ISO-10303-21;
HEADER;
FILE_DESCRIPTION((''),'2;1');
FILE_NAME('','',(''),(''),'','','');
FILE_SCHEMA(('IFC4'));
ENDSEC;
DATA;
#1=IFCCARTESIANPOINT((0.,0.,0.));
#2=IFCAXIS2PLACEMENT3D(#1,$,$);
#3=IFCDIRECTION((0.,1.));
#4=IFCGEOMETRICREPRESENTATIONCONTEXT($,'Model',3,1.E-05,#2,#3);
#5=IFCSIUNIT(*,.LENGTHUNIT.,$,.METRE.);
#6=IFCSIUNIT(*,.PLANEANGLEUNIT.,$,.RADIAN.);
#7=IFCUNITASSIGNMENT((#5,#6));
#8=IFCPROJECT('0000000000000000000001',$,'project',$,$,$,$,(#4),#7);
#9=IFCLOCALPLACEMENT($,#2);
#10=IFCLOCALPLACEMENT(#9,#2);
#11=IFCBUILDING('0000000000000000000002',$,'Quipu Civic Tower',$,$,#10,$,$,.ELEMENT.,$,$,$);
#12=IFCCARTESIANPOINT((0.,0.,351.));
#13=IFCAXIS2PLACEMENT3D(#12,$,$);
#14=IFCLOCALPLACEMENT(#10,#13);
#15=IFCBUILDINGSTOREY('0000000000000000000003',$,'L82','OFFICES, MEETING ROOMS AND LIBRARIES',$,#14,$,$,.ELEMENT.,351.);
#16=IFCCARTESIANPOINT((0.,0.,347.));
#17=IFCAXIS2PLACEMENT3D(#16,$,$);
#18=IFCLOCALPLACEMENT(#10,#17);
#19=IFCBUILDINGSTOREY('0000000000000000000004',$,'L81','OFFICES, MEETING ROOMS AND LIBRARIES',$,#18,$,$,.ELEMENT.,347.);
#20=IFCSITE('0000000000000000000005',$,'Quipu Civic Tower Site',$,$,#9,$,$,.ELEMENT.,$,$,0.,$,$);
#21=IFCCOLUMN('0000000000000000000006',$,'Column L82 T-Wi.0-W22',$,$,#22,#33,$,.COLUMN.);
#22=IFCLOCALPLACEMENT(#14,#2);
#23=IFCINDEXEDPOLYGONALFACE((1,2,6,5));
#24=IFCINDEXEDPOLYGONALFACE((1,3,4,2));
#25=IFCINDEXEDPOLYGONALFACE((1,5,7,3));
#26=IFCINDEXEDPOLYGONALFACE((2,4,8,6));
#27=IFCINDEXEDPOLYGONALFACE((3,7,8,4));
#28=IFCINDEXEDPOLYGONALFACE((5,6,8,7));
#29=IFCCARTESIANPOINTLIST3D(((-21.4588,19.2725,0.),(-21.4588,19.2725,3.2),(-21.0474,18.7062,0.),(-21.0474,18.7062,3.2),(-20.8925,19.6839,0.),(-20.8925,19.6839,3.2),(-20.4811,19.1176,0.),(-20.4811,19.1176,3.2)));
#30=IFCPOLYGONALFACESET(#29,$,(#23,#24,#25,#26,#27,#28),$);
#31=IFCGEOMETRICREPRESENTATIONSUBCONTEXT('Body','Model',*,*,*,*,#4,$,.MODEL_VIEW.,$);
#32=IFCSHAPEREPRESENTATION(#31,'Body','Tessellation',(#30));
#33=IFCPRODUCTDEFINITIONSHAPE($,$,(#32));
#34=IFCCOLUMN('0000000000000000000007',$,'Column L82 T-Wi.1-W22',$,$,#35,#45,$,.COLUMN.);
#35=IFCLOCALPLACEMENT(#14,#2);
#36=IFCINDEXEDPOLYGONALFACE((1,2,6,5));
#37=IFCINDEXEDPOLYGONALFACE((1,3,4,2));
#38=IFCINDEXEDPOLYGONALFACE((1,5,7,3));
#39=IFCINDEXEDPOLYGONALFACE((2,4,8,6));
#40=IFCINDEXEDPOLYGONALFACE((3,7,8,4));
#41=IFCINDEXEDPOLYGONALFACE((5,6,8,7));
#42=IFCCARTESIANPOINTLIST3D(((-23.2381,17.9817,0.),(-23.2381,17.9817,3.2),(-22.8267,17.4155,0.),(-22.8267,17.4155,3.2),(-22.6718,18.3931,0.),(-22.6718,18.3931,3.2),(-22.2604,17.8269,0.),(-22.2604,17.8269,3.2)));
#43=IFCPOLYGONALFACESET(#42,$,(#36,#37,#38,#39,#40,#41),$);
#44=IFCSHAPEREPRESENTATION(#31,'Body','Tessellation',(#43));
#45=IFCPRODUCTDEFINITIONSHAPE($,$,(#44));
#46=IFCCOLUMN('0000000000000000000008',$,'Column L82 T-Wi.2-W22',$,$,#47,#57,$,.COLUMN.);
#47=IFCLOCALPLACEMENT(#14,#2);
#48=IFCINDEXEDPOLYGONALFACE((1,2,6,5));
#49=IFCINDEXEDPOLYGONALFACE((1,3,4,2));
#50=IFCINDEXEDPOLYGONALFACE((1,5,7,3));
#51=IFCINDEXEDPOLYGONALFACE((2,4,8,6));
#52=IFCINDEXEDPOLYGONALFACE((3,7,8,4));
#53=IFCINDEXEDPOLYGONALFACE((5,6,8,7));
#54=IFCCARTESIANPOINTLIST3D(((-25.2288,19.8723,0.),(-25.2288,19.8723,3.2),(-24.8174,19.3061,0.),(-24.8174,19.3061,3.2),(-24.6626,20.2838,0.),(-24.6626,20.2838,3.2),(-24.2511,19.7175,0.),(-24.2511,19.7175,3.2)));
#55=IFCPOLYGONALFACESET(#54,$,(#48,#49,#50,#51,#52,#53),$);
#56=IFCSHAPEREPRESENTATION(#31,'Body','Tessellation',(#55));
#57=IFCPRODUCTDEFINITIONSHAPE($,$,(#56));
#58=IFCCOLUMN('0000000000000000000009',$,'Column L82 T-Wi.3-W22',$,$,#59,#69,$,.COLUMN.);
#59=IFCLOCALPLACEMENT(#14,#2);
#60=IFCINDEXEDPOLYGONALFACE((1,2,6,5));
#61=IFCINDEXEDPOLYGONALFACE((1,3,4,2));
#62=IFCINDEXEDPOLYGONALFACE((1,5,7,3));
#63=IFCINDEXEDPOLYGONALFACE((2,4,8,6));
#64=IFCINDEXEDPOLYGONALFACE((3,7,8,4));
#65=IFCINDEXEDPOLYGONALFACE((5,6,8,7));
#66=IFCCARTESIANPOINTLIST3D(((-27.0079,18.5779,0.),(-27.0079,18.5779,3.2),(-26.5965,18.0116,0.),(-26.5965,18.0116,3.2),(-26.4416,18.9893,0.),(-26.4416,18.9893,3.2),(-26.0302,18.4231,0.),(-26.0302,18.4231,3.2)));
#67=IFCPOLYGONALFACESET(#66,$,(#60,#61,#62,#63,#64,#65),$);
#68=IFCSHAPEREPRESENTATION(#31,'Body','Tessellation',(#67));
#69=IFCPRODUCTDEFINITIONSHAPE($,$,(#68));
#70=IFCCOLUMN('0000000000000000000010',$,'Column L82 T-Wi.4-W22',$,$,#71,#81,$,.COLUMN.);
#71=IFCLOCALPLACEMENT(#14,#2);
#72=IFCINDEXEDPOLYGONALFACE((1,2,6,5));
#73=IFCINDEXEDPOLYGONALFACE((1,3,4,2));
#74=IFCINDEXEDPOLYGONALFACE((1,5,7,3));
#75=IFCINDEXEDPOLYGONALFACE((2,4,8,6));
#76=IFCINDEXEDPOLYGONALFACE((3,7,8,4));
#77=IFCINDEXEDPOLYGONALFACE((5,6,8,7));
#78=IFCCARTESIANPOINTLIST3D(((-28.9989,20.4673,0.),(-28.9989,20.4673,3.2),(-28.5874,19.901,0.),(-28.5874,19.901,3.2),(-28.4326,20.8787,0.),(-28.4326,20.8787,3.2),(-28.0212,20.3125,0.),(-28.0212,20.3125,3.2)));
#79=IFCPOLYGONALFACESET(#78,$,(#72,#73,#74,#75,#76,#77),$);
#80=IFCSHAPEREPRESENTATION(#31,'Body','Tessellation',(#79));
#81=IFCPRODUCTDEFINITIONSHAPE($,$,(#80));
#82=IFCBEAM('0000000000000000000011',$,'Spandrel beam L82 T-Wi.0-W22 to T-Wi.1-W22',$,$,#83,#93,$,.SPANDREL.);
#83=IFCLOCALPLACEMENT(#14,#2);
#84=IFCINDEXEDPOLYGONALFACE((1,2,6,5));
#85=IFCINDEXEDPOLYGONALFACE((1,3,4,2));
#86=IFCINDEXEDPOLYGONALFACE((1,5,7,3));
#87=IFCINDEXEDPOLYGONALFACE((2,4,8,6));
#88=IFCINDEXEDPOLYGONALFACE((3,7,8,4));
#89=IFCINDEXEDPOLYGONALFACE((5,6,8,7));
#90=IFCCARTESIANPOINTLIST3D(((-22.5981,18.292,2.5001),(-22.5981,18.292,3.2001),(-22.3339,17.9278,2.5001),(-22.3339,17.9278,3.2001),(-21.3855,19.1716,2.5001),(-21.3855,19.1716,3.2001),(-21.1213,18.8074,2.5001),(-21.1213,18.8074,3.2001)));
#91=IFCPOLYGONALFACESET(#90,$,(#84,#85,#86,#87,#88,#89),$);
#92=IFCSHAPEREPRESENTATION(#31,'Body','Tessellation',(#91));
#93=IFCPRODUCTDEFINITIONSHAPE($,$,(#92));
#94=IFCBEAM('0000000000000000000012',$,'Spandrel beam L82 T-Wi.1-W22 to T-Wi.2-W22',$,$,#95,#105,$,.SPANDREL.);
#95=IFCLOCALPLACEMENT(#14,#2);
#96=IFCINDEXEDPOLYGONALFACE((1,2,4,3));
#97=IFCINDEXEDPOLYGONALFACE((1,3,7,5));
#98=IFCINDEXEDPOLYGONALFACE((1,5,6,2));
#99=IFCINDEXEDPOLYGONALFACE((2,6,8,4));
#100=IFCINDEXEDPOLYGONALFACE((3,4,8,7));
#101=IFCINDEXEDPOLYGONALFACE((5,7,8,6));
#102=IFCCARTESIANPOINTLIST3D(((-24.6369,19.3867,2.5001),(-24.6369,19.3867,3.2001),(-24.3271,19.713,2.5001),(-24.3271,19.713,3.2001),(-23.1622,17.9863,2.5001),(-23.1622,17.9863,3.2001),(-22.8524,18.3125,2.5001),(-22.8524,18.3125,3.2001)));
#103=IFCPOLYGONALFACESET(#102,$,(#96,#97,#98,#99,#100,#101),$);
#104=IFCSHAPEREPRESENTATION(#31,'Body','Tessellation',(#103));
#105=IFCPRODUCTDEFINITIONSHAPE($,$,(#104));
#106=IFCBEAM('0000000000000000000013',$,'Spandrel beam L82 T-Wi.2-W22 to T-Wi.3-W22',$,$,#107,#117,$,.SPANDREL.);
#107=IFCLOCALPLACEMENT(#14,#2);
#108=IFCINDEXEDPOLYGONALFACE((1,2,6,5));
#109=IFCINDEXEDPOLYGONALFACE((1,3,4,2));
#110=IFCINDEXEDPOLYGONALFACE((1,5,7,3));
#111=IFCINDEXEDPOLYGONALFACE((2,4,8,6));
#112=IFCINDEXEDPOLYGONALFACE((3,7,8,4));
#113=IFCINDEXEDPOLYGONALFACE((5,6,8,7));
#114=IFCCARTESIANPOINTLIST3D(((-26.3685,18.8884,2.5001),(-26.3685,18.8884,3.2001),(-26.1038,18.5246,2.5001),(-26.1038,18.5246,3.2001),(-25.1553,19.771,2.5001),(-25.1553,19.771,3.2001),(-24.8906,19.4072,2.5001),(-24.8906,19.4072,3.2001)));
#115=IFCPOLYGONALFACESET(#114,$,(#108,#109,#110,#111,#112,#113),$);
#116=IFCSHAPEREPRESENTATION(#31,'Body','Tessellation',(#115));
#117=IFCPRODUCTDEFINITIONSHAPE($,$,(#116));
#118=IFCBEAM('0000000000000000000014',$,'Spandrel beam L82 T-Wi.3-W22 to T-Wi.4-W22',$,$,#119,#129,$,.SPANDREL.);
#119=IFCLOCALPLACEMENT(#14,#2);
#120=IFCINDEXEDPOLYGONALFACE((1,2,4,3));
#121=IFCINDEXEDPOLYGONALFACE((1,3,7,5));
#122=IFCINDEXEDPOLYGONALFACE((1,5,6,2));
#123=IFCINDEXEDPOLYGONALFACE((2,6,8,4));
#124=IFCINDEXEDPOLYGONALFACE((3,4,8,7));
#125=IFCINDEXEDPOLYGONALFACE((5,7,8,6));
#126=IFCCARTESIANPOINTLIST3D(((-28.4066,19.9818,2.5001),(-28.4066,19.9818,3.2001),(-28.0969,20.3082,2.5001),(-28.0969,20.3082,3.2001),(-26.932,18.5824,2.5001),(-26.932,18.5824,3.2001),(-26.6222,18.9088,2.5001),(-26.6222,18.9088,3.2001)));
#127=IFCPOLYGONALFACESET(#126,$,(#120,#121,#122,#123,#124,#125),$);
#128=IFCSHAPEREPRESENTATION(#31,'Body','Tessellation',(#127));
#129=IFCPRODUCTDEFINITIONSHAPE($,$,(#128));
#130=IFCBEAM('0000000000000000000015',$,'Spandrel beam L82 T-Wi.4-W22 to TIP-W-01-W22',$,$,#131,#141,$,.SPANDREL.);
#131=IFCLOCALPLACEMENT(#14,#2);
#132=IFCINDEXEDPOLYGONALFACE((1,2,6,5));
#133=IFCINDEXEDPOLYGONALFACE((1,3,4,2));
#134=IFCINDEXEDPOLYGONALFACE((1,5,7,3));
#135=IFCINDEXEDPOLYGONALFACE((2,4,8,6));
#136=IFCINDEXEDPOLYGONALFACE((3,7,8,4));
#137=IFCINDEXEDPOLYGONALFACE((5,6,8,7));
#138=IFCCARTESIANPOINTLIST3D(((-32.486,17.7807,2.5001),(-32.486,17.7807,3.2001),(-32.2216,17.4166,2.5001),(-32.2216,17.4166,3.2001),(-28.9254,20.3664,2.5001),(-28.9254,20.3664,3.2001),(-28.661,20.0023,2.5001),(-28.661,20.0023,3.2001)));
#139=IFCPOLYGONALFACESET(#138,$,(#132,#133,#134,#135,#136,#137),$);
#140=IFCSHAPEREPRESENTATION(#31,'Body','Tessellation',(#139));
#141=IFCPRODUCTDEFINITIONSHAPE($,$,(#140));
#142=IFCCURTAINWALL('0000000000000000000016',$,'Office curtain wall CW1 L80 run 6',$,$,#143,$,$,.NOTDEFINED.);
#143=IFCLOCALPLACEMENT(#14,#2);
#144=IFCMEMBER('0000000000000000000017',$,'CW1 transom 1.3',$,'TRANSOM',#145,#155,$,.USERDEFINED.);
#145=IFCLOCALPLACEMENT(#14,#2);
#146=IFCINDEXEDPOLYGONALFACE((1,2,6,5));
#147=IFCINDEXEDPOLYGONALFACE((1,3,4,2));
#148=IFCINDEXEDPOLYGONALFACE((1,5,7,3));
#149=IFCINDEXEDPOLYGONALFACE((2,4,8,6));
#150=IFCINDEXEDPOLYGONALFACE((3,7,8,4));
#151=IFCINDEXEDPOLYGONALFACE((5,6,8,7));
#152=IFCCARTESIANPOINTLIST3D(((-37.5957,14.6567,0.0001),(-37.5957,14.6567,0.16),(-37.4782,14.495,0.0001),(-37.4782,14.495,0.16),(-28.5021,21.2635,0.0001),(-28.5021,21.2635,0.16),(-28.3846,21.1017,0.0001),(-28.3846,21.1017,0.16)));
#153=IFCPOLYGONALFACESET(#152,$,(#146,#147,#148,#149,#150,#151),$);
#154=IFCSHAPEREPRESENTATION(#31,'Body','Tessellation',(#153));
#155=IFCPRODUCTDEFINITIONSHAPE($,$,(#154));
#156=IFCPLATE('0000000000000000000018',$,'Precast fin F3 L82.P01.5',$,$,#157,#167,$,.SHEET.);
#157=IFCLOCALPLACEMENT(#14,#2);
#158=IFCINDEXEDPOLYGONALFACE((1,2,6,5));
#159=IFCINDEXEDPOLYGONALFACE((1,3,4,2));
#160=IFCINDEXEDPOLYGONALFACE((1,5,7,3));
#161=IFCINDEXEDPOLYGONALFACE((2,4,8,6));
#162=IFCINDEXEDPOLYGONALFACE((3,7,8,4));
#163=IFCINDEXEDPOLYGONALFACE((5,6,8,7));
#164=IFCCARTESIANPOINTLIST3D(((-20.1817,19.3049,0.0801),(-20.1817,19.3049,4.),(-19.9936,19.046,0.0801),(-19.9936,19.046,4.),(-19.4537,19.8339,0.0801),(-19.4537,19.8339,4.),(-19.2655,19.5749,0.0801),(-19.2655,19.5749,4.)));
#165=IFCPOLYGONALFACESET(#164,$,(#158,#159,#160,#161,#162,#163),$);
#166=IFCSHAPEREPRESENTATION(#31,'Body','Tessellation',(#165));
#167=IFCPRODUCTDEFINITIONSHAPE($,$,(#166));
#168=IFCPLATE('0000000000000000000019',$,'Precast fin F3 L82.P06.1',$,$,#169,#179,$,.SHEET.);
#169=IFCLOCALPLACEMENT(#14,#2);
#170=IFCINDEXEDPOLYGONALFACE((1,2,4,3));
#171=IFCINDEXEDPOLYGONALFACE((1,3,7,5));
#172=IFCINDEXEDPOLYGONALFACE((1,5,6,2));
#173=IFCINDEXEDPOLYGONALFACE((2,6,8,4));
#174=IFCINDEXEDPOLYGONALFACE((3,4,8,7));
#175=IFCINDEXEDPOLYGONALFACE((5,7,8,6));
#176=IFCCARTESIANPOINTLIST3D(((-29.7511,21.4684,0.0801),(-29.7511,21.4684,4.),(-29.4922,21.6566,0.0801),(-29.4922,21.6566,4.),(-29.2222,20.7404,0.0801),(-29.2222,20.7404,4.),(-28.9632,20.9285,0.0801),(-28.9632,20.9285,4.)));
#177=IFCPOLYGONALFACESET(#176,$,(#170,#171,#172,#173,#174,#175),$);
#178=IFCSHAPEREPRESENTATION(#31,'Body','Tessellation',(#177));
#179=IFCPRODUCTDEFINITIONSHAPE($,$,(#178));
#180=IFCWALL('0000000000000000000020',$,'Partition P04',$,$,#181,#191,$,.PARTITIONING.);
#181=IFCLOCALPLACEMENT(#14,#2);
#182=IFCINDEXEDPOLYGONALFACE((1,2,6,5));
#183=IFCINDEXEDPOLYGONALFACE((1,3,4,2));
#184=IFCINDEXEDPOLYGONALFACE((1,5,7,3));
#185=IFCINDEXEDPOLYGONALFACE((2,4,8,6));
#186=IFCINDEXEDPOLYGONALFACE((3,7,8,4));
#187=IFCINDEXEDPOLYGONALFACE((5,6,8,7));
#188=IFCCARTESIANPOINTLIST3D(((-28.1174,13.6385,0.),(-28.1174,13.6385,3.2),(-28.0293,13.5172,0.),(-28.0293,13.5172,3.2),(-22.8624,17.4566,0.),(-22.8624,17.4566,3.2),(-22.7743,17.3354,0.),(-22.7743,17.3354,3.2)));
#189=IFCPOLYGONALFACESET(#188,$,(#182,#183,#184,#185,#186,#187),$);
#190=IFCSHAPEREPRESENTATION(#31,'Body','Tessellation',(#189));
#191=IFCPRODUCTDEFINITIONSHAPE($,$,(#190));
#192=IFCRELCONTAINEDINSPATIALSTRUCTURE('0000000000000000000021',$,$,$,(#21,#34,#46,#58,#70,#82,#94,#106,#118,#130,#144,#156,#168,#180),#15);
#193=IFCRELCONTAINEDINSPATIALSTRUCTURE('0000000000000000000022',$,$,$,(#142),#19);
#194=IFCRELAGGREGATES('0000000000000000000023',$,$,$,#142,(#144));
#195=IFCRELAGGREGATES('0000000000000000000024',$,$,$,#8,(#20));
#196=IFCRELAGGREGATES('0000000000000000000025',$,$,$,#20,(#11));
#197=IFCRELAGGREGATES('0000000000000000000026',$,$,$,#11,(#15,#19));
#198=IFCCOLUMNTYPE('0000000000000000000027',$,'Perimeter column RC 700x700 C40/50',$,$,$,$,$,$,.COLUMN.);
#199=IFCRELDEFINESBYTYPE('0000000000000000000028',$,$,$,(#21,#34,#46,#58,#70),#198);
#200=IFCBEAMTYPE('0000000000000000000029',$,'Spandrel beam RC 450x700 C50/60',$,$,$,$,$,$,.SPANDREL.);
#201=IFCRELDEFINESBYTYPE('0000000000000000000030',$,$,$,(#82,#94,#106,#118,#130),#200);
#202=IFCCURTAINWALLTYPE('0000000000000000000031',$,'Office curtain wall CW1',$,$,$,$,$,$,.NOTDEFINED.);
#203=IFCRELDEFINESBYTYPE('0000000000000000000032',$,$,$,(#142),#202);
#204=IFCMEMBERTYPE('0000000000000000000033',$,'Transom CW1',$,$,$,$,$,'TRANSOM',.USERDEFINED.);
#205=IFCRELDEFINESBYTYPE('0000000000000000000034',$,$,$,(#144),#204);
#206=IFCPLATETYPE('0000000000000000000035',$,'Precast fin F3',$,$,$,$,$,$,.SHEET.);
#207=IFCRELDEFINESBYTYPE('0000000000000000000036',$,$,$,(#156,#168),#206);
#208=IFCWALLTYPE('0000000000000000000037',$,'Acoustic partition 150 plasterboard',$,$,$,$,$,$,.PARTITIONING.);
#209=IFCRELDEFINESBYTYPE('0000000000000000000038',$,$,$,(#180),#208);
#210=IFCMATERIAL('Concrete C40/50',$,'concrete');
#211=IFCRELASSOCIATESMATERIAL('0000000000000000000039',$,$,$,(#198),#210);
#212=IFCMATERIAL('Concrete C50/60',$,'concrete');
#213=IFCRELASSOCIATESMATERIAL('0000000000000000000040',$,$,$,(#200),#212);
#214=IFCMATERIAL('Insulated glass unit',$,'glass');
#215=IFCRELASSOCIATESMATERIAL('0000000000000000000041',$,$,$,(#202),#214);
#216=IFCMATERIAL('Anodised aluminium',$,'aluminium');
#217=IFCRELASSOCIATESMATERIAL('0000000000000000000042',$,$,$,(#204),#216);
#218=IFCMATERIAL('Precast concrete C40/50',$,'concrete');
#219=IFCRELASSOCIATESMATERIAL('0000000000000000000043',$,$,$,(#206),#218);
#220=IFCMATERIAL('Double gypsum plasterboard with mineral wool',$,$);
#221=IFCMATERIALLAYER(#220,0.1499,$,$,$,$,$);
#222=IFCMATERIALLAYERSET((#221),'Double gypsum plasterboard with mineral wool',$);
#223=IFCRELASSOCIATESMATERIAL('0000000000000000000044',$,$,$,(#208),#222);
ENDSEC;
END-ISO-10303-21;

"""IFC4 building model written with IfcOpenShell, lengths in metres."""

from ifc_helpers import new_model, si_unit, direction, frame, frame_2d, origin, origin_2d, place, context, subcontext, project, spatial, rectangle, extrude, material, layer, layer_set, material_profile, profile_set, type_object, element, aggregate, save


model = new_model("IFC4")

# Units and contexts
model_context = context("Model", 3, precision=1e-05, world=origin(), true_north=direction((0.0, 1.0)))
body_context = subcontext(model_context, "Body", "Model", "MODEL_VIEW")
ifc_project = project(units=[si_unit("LENGTHUNIT", "METRE"), si_unit("PLANEANGLEUNIT", "RADIAN")], contexts=[model_context])

# Site, building, storey
site_placement = place(None, origin())
site = spatial("IfcSite", under=ifc_project, at=site_placement, Name="Quipu Civic Tower Site", CompositionType="ELEMENT", RefElevation=0.0)
building_placement = place(site_placement, origin())
building = spatial("IfcBuilding", under=site, at=building_placement, Name="Quipu Civic Tower", CompositionType="ELEMENT")
storey_1_placement = place(building_placement, frame((0.0, 0.0, 351.0)))
storey_1 = spatial("IfcBuildingStorey", under=building, at=storey_1_placement, Name="L82", Description="OFFICES, MEETING ROOMS AND LIBRARIES", CompositionType="ELEMENT", Elevation=351.0)

# Columns
ifc_material_1 = material(Name="Concrete C40/50", Category="concrete")
ifc_material_profile_1 = material_profile(ifc_material_1, rectangle(XDim=0.7, YDim=0.7, at=origin_2d()), Name="RC700x700")
ifc_profile_set_1 = profile_set([ifc_material_profile_1], Name="Concrete C40/50")
column_type = type_object("IfcColumnType", Name="Perimeter column RC 700x700 C40/50", PredefinedType="COLUMN", material=ifc_profile_set_1)
for number, where, z_axis, x_axis, name in (
    (1, (-20.97, 19.1951, 0.0), (0.0, 0.0, 1.0), (-0.587785, 0.809017, 0.0), "Column L82 T-Wi.0-W22"),
    (2, (-22.7493, 17.9043, 0.0), (0.0, 0.0, 1.0), (-0.587785, 0.809017, 0.0), "Column L82 T-Wi.1-W22"),
    (3, (-24.74, 19.7949, 0.0), (0.0, 0.0, 1.0), (-0.587785, 0.809017, 0.0), "Column L82 T-Wi.2-W22"),
    (4, (-26.519, 18.5005, 0.0), (0.0, 0.0, 1.0), (-0.587785, 0.809017, 0.0), "Column L82 T-Wi.3-W22"),
    (5, (-28.51, 20.3899, 0.0), (0.0, 0.0, 1.0), (-0.809017, -0.587785, 0.0), "Column L82 T-Wi.4-W22"),
):
    element("IfcColumn", number, at=place(storey_1_placement, frame(where, z_axis=z_axis, x_axis=x_axis)), inside=storey_1, type_object=column_type, Name=name, PredefinedType="COLUMN", context=body_context, shape_type="SweptSolid", body=[
        extrude(rectangle(XDim=0.7, YDim=0.7, at=origin_2d()), origin(), (0.0, 0.0, 1.0), 3.2),
    ])

# Beams
ifc_material_2 = material(Name="Concrete C50/60", Category="concrete")
ifc_material_profile_2 = material_profile(ifc_material_2, rectangle(XDim=0.45, YDim=0.7, at=origin_2d()), Name="RC450x700")
ifc_profile_set_2 = profile_set([ifc_material_profile_2], Name="Concrete C50/60")
beam_type = type_object("IfcBeamType", Name="Spandrel beam RC 450x700 C50/60", PredefinedType="SPANDREL", material=ifc_profile_set_2)
beam_1_placement = place(storey_1_placement, frame((-21.2534, 18.9895, 2.8501), z_axis=(-0.809461, -0.587173, 0.0), x_axis=(0.587173, -0.809461, 0.0)))
element("IfcBeam", 6, at=beam_1_placement, inside=storey_1, type_object=beam_type, Name="Spandrel beam L82 T-Wi.0-W22 to T-Wi.1-W22", PredefinedType="SPANDREL", context=body_context, shape_type="SweptSolid", body=[
    extrude(rectangle(XDim=0.45, YDim=0.7, at=origin_2d()), origin(), (0.0, 0.0, 1.0), 1.498),
])
beam_2_placement = place(storey_1_placement, frame((-23.0073, 18.1494, 2.8501), z_axis=(-0.725119, 0.688623, 0.0), x_axis=(-0.688623, -0.725119, 0.0)))
element("IfcBeam", 7, at=beam_2_placement, inside=storey_1, type_object=beam_type, Name="Spandrel beam L82 T-Wi.1-W22 to T-Wi.2-W22", PredefinedType="SPANDREL", context=body_context, shape_type="SweptSolid", body=[
    extrude(rectangle(XDim=0.45, YDim=0.7, at=origin_2d()), origin(), (0.0, 0.0, 1.0), 2.0337),
])
beam_3_placement = place(storey_1_placement, frame((-25.0229, 19.5891, 2.8501), z_axis=(-0.808645, -0.588297, 0.0), x_axis=(0.588297, -0.808645, 0.0)))
element("IfcBeam", 8, at=beam_3_placement, inside=storey_1, type_object=beam_type, Name="Spandrel beam L82 T-Wi.2-W22 to T-Wi.3-W22", PredefinedType="SPANDREL", context=body_context, shape_type="SweptSolid", body=[
    extrude(rectangle(XDim=0.45, YDim=0.7, at=origin_2d()), origin(), (0.0, 0.0, 1.0), 1.5002),
])
beam_4_placement = place(storey_1_placement, frame((-26.7771, 18.7456, 2.8501), z_axis=(-0.725359, 0.688371, 0.0), x_axis=(-0.688371, -0.725359, 0.0)))
element("IfcBeam", 9, at=beam_4_placement, inside=storey_1, type_object=beam_type, Name="Spandrel beam L82 T-Wi.3-W22 to T-Wi.4-W22", PredefinedType="SPANDREL", context=body_context, shape_type="SweptSolid", body=[
    extrude(rectangle(XDim=0.45, YDim=0.7, at=origin_2d()), origin(), (0.0, 0.0, 1.0), 2.033),
])
beam_5_placement = place(storey_1_placement, frame((-28.7932, 20.1843, 2.8501), z_axis=(-0.809146, -0.587607, 0.0), x_axis=(0.587607, -0.809146, 0.0)))
element("IfcBeam", 10, at=beam_5_placement, inside=storey_1, type_object=beam_type, Name="Spandrel beam L82 T-Wi.4-W22 to TIP-W-01-W22", PredefinedType="SPANDREL", context=body_context, shape_type="SweptSolid", body=[
    extrude(rectangle(XDim=0.45, YDim=0.7, at=origin_2d()), origin(), (0.0, 0.0, 1.0), 4.4004),
])

# Shared definitions
storey_2_placement = place(building_placement, frame((0.0, 0.0, 347.0)))
storey_2 = spatial("IfcBuildingStorey", under=building, at=storey_2_placement, Name="L81", Description="OFFICES, MEETING ROOMS AND LIBRARIES", CompositionType="ELEMENT", Elevation=347.0)

# Curtain wall, member
ifc_material_3 = material(Name="Insulated glass unit", Category="glass")
curtain_wall_type = type_object("IfcCurtainWallType", Name="Office curtain wall CW1", PredefinedType="NOTDEFINED", material=ifc_material_3)
curtain_wall_placement = place(storey_2_placement, origin())
curtain_wall = element("IfcCurtainWall", 11, at=curtain_wall_placement, inside=storey_2, type_object=curtain_wall_type, Name="Office curtain wall CW1 L80 run 6", PredefinedType="NOTDEFINED")
ifc_material_4 = material(Name="Anodised aluminium", Category="aluminium")
ifc_material_profile_3 = material_profile(ifc_material_4, rectangle(XDim=0.2, YDim=0.1599, at=origin_2d()), Name="RECT 200x160")
ifc_profile_set_3 = profile_set([ifc_material_profile_3], Name="Anodised aluminium")
member_type = type_object("IfcMemberType", Name="Transom CW1", ElementType="TRANSOM", PredefinedType="USERDEFINED", material=ifc_profile_set_3)
member_placement = place(storey_1_placement, frame((-28.4434, 21.1826, 0.0801), z_axis=(-0.809022, -0.587778, 0.0), x_axis=(0.587778, -0.809022, 0.0)))
member = element("IfcMember", 12, at=member_placement, inside=storey_1, type_object=member_type, Name="CW1 transom 1.3", ObjectType="TRANSOM", PredefinedType="USERDEFINED", context=body_context, shape_type="SweptSolid", body=[
    extrude(rectangle(XDim=0.2, YDim=0.1599, at=origin_2d()), origin(), (0.0, 0.0, 1.0), 11.2402),
])
aggregate(curtain_wall, [member])

# Plates
ifc_material_5 = material(Name="Precast concrete C40/50", Category="concrete")
plate_type = type_object("IfcPlateType", Name="Precast fin F3", PredefinedType="SHEET", material=ifc_material_5)
for number, where, z_axis, x_axis, name in (
    (13, (-19.7236, 19.4399, 0.0801), (0.0, 0.0, 1.0), (-0.587784, 0.809018, 0.0), "Precast fin F3 L82.P01.5"),
    (14, (-29.3572, 21.1985, 0.0801), (0.0, 0.0, 1.0), (-0.809017, -0.587785, 0.0), "Precast fin F3 L82.P06.1"),
):
    element("IfcPlate", number, at=place(storey_1_placement, frame(where, z_axis=z_axis, x_axis=x_axis)), inside=storey_1, type_object=plate_type, Name=name, PredefinedType="SHEET", context=body_context, shape_type="SweptSolid", body=[
        extrude(rectangle(XDim=0.3201, YDim=0.8999, at=origin_2d()), origin(), (0.0, 0.0, 1.0), 3.9199),
    ])

# Wall
ifc_material_6 = material(Name="Double gypsum plasterboard with mineral wool")
ifc_layer_1 = layer(ifc_material_6, 0.1499)
ifc_layer_set_1 = layer_set([ifc_layer_1], Name="Double gypsum plasterboard with mineral wool")
wall_type_1 = type_object("IfcWallType", Name="Acoustic partition 150 plasterboard", PredefinedType="PARTITIONING", material=ifc_layer_set_1)
wall_1_placement = place(storey_1_placement, frame((-22.8184, 17.396, 0.0), z_axis=(0.0, 0.0, 1.0), x_axis=(-0.809001, -0.587807, 0.0)))
element("IfcWall", 15, at=wall_1_placement, inside=storey_1, type_object=wall_type_1, Name="Partition P04", PredefinedType="PARTITIONING", context=body_context, shape_type="SweptSolid", body=[
    extrude(rectangle(XDim=6.4956, YDim=0.1499, at=frame_2d((3.2478, 0.0))), origin(), (0.0, 0.0, 1.0), 3.2),
])

save(model, "model.ifc")
